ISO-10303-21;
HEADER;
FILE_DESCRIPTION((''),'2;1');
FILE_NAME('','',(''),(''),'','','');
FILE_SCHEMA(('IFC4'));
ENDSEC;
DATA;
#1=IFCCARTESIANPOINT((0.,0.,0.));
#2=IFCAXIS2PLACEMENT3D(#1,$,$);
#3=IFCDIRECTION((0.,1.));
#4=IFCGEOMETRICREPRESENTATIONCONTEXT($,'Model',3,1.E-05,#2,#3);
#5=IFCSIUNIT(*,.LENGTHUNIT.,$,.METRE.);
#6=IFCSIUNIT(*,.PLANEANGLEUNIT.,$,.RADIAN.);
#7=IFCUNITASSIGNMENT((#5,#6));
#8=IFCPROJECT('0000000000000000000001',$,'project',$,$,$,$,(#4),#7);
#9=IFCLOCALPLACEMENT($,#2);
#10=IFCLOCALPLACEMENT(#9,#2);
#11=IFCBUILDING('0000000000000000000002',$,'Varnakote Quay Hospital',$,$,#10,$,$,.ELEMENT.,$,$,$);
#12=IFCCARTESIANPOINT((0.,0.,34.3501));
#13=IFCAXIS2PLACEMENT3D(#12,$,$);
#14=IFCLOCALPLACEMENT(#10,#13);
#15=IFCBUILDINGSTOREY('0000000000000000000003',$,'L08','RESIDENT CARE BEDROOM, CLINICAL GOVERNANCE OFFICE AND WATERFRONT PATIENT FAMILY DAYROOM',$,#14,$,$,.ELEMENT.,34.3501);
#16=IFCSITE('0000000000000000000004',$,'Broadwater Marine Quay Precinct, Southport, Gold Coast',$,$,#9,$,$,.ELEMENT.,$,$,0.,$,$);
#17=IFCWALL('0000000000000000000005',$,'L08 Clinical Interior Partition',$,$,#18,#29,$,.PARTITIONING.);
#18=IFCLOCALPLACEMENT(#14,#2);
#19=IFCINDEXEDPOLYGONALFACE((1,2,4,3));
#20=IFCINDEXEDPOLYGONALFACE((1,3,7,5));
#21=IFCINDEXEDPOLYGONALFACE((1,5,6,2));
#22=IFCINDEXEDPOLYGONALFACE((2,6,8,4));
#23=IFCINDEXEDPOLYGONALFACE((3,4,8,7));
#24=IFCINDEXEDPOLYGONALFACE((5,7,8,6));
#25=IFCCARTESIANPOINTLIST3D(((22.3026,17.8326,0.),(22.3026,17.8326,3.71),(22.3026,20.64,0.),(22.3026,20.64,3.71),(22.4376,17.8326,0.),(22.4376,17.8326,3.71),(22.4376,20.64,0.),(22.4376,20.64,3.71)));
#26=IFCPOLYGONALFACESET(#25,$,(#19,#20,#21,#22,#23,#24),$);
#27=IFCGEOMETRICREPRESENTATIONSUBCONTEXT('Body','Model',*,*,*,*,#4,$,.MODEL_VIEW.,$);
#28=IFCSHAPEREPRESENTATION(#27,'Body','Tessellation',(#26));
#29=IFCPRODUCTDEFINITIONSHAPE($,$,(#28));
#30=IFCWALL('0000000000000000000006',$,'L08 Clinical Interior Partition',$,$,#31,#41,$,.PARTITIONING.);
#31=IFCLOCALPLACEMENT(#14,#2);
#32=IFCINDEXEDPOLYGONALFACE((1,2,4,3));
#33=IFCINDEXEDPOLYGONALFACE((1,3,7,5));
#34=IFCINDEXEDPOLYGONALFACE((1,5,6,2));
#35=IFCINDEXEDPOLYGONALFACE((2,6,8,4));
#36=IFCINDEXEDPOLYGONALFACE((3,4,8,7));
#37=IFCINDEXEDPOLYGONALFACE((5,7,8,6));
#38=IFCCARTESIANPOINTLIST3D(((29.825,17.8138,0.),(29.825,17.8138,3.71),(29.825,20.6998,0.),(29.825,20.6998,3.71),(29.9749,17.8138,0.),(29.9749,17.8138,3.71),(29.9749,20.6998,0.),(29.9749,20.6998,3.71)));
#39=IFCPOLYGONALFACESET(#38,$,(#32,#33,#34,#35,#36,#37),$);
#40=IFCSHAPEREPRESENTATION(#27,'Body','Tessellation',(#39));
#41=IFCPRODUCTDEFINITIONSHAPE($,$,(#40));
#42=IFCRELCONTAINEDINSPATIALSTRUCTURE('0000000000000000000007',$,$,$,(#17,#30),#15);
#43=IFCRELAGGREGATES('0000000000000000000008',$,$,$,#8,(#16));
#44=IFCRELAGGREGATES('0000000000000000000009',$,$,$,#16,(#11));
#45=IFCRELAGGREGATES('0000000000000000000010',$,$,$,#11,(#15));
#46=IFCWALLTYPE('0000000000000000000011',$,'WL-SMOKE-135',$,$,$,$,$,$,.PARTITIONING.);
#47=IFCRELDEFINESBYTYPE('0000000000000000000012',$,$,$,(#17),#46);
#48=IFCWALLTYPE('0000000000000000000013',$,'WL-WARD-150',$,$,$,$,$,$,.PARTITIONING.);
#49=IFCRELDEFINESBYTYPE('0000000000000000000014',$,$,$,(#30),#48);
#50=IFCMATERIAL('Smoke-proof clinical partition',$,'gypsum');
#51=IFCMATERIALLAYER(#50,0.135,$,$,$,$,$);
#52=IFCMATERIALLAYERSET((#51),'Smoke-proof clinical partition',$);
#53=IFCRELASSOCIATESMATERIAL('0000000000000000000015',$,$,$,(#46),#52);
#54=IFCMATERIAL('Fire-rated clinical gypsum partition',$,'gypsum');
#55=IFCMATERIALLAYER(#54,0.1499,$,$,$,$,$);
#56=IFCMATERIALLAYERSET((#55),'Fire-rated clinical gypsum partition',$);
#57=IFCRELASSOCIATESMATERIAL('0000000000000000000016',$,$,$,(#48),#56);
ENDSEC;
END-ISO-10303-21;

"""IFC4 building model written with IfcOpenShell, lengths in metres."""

from ifc_helpers import new_model, si_unit, direction, frame, frame_2d, origin, place, context, subcontext, project, spatial, rectangle, extrude, material, layer, layer_set, type_object, element, save


model = new_model("IFC4")

# Units and contexts
model_context = context("Model", 3, precision=1e-05, world=origin(), true_north=direction((0.0, 1.0)))
body_context = subcontext(model_context, "Body", "Model", "MODEL_VIEW")
ifc_project = project(units=[si_unit("LENGTHUNIT", "METRE"), si_unit("PLANEANGLEUNIT", "RADIAN")], contexts=[model_context])

# Site, building, storey
site_placement = place(None, origin())
site = spatial("IfcSite", under=ifc_project, at=site_placement, Name="Broadwater Marine Quay Precinct, Southport, Gold Coast", CompositionType="ELEMENT", RefElevation=0.0)
building_placement = place(site_placement, origin())
building = spatial("IfcBuilding", under=site, at=building_placement, Name="Varnakote Quay Hospital", CompositionType="ELEMENT")
storey_placement = place(building_placement, frame((0.0, 0.0, 34.3501)))
storey = spatial("IfcBuildingStorey", under=building, at=storey_placement, Name="L08", Description="RESIDENT CARE BEDROOM, CLINICAL GOVERNANCE OFFICE AND WATERFRONT PATIENT FAMILY DAYROOM", CompositionType="ELEMENT", Elevation=34.3501)

# Wall
ifc_material_1 = material(Name="Smoke-proof clinical partition", Category="gypsum")
ifc_layer_1 = layer(ifc_material_1, 0.135)
ifc_layer_set_1 = layer_set([ifc_layer_1], Name="Smoke-proof clinical partition")
wall_type_1 = type_object("IfcWallType", Name="WL-SMOKE-135", PredefinedType="PARTITIONING", material=ifc_layer_set_1)
for number, where, z_axis, x_axis, name in (
    (1, (22.3701, 17.8325, 0.0), (0.0, 0.0, 1.0), (0.0, 1.0, 0.0), "L08 Clinical Interior Partition"),
):
    element("IfcWall", number, at=place(storey_placement, frame(where, z_axis=z_axis, x_axis=x_axis)), inside=storey, type_object=wall_type_1, Name=name, PredefinedType="PARTITIONING", context=body_context, shape_type="SweptSolid", body=[
        extrude(rectangle(XDim=2.8074, YDim=0.135, at=frame_2d((1.4038, 0.0))), origin(), (0.0, 0.0, 1.0), 3.71),
    ])

# Shared definitions
ifc_material_2 = material(Name="Fire-rated clinical gypsum partition", Category="gypsum")
ifc_layer_2 = layer(ifc_material_2, 0.1499)
ifc_layer_set_2 = layer_set([ifc_layer_2], Name="Fire-rated clinical gypsum partition")
wall_type_2 = type_object("IfcWallType", Name="WL-WARD-150", PredefinedType="PARTITIONING", material=ifc_layer_set_2)

# Wall
wall_1_placement = place(storey_placement, frame((29.8999, 17.814, 0.0), z_axis=(0.0, 0.0, 1.0), x_axis=(0.0, 1.0, 0.0)))
element("IfcWall", 2, at=wall_1_placement, inside=storey, type_object=wall_type_2, Name="L08 Clinical Interior Partition", PredefinedType="PARTITIONING", context=body_context, shape_type="SweptSolid", body=[
    extrude(rectangle(XDim=2.886, YDim=0.1499, at=frame_2d((1.4429, 0.0))), origin(), (0.0, 0.0, 1.0), 3.71),
])

save(model, "model.ifc")
